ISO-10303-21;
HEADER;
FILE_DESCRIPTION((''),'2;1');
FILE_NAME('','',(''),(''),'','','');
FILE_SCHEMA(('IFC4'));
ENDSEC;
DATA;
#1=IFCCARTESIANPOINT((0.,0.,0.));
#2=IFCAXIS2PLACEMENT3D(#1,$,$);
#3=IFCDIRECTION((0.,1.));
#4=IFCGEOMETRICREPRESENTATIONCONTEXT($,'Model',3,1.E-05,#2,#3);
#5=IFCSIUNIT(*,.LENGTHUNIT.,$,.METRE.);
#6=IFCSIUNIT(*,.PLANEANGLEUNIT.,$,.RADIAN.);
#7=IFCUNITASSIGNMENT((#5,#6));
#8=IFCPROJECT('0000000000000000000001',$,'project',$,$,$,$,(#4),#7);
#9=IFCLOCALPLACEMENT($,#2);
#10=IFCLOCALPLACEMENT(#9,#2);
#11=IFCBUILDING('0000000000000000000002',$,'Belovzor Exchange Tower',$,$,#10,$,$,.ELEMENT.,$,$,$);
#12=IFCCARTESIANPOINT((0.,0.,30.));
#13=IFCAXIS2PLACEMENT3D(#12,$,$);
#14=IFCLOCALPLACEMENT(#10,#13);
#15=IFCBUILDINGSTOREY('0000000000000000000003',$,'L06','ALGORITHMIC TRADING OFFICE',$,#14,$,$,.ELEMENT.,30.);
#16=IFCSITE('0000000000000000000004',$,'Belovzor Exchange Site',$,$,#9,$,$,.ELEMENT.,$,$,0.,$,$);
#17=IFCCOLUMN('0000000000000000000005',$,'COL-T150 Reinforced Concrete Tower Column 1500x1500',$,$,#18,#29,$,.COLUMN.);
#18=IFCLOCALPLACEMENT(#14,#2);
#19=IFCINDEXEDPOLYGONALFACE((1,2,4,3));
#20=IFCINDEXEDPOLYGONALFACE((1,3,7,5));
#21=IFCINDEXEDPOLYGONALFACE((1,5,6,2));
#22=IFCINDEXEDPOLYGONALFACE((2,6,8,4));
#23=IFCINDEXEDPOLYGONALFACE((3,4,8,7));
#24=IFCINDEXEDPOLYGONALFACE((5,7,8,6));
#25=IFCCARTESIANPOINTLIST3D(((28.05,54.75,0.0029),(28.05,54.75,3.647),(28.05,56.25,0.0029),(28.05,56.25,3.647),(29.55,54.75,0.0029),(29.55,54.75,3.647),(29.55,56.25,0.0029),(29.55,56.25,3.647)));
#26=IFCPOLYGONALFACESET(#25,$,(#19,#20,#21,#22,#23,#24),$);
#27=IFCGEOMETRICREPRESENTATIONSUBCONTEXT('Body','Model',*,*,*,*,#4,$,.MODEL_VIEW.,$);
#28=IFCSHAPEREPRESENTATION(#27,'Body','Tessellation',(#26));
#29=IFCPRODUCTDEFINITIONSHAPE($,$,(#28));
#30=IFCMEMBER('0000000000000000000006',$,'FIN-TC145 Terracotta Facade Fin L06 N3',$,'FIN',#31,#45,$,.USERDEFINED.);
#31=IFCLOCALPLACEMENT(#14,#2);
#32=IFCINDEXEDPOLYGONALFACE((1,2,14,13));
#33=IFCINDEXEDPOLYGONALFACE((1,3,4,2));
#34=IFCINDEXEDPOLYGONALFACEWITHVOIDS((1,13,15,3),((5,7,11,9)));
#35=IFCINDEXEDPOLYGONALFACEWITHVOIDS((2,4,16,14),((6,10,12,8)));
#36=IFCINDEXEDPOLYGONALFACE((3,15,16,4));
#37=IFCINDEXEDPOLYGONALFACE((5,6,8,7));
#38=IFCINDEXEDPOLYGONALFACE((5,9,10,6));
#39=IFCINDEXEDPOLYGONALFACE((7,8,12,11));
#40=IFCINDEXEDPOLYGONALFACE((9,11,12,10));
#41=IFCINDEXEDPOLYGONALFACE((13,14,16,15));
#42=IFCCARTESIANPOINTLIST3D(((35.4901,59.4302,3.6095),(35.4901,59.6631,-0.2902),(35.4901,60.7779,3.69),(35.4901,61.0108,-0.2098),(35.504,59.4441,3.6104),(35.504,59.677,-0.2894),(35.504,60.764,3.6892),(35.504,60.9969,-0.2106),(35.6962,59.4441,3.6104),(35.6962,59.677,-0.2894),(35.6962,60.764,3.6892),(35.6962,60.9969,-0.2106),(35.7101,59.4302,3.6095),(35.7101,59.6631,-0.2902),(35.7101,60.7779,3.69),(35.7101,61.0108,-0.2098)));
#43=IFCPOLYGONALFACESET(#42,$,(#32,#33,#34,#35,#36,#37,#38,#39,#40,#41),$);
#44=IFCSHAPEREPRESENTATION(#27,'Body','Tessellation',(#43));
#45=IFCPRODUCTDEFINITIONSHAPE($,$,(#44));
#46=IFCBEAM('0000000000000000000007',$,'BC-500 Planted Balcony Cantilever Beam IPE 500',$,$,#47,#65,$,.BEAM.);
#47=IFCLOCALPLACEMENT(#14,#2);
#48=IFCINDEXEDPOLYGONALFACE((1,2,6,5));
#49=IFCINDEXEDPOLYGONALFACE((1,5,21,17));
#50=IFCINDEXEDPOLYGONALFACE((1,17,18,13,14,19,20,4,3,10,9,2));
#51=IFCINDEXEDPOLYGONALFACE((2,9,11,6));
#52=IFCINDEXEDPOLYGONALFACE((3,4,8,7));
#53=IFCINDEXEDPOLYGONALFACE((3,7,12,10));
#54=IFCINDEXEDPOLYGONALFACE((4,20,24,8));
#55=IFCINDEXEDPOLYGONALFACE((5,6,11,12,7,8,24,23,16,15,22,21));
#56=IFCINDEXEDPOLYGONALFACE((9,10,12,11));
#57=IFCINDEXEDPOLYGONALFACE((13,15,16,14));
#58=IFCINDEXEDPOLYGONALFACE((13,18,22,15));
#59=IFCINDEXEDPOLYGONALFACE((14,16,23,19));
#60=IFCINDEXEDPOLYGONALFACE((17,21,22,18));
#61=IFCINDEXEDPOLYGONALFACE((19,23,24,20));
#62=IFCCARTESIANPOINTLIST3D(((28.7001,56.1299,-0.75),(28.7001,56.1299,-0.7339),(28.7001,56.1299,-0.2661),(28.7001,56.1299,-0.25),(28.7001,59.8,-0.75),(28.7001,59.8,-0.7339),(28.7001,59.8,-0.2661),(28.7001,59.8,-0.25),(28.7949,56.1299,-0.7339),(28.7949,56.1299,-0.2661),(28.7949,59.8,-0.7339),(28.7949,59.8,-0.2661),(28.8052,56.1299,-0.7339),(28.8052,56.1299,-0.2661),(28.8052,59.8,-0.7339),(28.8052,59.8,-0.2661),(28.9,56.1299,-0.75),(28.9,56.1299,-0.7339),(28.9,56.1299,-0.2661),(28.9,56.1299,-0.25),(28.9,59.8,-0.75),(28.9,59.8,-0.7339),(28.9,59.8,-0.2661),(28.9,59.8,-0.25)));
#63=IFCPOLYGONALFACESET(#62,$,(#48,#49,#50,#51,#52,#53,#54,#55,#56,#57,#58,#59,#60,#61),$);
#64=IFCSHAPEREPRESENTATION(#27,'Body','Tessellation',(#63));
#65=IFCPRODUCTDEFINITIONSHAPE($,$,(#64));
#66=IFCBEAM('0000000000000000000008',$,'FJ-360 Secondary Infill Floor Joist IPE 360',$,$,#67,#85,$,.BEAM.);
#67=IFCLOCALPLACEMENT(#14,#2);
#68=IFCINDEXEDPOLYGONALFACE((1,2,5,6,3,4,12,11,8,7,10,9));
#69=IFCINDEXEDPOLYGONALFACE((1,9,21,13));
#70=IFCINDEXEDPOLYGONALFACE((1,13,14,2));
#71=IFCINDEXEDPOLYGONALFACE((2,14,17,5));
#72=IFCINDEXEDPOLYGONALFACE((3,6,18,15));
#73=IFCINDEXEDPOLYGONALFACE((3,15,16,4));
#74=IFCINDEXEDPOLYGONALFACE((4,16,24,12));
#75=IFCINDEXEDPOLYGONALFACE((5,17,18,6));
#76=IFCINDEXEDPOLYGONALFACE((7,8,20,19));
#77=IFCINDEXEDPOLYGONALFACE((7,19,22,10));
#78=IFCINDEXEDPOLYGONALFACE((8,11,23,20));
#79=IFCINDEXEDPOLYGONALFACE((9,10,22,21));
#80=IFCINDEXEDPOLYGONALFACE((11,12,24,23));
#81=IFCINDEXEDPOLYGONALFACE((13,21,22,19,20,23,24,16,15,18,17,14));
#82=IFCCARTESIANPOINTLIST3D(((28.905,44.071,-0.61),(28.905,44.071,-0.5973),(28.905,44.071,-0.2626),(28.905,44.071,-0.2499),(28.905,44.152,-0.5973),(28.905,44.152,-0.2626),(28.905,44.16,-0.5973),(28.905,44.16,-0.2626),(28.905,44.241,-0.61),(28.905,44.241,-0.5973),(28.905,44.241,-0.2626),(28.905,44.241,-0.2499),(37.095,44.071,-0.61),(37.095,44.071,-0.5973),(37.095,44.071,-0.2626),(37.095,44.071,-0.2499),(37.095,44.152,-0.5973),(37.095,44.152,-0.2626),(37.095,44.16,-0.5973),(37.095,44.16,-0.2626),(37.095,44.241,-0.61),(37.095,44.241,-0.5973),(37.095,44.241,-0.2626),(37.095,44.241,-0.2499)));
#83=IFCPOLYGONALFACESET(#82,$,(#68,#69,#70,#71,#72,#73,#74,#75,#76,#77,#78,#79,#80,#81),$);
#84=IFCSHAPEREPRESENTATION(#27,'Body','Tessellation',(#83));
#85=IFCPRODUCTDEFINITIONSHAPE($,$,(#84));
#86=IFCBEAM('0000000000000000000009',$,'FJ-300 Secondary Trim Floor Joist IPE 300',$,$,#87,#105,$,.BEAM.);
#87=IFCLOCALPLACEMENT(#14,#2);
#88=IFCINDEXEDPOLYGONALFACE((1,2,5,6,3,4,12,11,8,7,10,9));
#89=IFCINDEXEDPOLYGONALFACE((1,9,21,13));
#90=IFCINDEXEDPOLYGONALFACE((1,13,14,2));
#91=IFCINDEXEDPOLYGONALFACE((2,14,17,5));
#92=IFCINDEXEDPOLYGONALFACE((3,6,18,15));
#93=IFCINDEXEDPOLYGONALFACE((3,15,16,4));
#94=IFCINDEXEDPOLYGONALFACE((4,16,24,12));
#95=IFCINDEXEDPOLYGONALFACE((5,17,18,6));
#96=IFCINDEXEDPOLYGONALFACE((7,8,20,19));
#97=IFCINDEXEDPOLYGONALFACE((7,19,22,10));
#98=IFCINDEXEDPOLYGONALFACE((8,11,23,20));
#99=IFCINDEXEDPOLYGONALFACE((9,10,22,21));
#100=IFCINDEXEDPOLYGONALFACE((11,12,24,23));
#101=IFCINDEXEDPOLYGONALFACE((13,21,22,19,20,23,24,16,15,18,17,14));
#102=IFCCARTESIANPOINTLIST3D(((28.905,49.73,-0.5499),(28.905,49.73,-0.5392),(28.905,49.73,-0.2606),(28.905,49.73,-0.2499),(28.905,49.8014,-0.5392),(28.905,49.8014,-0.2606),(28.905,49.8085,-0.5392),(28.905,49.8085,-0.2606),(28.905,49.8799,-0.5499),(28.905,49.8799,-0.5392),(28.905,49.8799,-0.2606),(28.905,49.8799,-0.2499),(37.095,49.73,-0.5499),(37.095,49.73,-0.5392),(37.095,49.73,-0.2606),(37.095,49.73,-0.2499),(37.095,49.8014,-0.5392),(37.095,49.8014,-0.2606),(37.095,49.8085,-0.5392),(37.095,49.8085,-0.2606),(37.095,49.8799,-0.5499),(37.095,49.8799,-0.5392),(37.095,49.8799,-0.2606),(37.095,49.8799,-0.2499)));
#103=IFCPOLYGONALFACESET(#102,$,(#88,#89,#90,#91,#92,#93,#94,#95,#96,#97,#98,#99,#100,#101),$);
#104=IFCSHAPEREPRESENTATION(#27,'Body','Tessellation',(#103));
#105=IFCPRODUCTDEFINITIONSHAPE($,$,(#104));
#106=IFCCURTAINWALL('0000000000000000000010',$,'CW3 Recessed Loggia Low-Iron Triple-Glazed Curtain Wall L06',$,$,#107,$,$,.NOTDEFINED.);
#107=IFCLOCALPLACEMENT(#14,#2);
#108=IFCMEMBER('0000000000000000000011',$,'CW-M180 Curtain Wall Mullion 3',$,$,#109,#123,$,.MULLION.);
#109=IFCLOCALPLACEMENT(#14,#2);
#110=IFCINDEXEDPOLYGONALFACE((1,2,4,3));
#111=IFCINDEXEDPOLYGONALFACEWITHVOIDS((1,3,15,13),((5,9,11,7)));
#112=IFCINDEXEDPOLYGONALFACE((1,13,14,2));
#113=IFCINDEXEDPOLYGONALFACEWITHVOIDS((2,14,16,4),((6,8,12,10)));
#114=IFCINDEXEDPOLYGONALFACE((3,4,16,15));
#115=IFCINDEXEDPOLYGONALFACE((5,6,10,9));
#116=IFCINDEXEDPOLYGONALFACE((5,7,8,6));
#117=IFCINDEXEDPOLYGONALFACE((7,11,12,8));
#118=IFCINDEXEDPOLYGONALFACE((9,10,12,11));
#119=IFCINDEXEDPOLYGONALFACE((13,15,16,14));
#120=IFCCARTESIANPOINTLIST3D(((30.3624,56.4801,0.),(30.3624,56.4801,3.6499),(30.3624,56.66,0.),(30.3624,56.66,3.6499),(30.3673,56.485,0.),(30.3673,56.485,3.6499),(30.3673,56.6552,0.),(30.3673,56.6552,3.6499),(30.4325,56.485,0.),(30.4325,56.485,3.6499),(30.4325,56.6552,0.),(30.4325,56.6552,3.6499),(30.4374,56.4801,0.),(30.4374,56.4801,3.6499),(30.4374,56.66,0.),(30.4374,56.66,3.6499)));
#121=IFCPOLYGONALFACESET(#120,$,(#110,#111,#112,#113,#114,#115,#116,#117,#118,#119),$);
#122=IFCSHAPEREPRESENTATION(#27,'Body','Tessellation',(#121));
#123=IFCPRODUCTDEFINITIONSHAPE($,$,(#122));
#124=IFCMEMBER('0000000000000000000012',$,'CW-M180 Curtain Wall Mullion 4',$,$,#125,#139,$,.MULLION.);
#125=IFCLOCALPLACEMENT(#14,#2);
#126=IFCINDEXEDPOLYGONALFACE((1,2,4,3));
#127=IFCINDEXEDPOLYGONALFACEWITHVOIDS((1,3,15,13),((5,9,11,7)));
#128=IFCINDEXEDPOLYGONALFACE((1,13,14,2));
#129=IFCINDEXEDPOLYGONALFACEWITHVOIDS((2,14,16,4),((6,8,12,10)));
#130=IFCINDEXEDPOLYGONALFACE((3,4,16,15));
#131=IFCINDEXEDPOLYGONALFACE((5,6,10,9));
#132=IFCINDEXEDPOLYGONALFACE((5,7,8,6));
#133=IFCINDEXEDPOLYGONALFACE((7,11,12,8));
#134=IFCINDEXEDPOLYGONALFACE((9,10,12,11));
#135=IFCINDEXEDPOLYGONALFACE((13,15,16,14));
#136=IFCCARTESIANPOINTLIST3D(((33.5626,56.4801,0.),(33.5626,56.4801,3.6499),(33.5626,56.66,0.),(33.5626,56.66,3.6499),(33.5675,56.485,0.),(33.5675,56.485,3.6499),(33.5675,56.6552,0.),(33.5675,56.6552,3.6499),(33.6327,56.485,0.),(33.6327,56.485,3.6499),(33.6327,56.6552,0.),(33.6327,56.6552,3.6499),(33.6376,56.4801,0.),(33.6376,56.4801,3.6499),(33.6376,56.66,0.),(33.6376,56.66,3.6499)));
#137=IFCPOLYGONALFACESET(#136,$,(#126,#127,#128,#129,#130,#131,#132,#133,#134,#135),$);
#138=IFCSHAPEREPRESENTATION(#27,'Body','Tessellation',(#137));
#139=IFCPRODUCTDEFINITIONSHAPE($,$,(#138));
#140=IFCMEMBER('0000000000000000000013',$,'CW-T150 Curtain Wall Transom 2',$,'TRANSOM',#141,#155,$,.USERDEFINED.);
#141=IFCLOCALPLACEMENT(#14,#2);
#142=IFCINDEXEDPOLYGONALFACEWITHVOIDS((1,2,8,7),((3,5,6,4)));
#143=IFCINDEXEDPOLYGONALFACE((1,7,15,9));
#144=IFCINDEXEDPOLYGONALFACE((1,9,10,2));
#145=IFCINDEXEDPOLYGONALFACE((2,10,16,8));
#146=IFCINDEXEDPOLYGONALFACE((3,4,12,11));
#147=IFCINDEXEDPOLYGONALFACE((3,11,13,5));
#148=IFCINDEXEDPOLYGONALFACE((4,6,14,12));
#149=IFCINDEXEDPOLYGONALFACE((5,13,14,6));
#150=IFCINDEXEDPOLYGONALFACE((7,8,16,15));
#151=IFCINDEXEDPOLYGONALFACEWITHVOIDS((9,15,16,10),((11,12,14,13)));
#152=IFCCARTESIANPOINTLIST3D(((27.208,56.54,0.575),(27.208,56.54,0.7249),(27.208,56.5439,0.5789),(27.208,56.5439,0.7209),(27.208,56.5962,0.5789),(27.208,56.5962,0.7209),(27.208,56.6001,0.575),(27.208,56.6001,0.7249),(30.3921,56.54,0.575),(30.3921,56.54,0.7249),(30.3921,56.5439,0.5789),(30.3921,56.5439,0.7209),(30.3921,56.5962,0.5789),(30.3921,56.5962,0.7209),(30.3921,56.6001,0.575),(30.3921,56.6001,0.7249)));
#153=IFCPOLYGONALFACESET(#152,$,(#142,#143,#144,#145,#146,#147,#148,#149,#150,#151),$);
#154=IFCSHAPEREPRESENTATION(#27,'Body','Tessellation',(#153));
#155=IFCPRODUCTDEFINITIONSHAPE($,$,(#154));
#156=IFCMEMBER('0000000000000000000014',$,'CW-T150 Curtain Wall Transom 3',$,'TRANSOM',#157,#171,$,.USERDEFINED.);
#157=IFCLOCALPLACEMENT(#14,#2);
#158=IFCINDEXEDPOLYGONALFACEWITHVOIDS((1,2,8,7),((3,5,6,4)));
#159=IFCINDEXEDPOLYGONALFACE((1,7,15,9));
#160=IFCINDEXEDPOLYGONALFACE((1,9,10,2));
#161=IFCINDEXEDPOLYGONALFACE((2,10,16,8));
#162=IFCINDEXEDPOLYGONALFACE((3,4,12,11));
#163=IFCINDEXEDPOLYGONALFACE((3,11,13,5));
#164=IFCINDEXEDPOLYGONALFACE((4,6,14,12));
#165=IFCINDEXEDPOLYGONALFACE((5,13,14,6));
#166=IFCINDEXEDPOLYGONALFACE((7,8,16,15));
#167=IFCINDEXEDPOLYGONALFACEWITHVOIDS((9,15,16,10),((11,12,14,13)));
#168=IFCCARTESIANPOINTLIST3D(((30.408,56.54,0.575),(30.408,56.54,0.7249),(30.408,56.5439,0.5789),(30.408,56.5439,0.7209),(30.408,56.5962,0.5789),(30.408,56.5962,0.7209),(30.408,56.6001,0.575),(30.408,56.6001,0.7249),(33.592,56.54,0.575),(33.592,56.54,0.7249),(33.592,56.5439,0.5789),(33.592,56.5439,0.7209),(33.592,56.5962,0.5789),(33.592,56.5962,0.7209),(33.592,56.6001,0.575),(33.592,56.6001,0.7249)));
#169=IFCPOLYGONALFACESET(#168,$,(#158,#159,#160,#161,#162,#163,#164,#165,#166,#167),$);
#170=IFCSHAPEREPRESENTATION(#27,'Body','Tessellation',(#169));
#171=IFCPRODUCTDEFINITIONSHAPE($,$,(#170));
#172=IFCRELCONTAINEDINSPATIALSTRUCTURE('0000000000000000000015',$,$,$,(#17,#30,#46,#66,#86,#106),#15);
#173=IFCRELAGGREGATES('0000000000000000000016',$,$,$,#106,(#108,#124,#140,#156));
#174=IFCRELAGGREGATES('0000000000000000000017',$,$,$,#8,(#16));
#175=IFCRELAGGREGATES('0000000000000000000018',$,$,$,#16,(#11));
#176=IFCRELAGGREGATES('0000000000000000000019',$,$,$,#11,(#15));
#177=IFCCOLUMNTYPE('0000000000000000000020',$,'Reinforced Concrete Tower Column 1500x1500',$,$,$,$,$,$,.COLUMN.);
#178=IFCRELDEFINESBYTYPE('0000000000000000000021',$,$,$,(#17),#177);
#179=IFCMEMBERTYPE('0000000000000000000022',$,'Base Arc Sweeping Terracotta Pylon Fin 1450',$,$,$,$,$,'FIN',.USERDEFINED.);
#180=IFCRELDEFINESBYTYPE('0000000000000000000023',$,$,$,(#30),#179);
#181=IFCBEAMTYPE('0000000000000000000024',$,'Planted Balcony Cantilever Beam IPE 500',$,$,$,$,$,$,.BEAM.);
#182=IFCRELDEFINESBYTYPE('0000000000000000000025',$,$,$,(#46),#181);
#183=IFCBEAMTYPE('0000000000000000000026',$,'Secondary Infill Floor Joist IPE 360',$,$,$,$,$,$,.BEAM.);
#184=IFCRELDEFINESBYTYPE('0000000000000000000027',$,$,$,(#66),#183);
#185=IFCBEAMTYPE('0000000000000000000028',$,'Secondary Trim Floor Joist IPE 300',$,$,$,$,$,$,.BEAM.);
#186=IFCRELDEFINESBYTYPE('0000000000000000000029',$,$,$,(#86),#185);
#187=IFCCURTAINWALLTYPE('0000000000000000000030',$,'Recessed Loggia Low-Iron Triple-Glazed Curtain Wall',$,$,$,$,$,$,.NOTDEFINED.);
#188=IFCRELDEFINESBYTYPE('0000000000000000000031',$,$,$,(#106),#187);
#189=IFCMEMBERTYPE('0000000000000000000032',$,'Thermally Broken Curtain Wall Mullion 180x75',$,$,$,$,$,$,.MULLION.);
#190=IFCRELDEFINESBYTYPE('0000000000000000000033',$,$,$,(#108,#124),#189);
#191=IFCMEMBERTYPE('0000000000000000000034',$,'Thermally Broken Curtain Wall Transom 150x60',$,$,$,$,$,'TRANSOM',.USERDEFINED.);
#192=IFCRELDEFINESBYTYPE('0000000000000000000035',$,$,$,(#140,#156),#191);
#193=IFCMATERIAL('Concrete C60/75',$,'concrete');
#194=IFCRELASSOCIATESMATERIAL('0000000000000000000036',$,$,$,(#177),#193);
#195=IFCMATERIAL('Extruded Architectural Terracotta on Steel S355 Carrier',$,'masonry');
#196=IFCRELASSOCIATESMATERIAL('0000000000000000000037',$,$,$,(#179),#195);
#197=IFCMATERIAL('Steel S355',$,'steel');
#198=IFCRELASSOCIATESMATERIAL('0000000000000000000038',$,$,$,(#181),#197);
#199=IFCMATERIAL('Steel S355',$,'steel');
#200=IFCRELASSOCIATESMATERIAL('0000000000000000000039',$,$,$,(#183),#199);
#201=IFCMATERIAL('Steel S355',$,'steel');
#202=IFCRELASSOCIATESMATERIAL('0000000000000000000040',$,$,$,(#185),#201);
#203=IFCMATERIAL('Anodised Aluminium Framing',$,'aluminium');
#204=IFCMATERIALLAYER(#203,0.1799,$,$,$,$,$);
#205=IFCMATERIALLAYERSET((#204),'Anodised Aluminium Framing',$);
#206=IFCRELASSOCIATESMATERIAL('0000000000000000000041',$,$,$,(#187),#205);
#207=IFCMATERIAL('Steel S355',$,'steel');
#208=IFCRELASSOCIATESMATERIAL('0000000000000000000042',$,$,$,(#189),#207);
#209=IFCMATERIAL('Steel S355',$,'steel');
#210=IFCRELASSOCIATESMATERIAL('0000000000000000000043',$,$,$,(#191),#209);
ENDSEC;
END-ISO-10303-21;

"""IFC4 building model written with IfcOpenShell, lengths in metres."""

from ifc_helpers import new_model, si_unit, direction, frame, origin, origin_2d, place, context, subcontext, project, spatial, rectangle, hollow_rectangle, i_section, extrude, material, layer, layer_set, material_profile, profile_set, type_object, element, aggregate, save


model = new_model("IFC4")

# Units and contexts
model_context = context("Model", 3, precision=1e-05, world=origin(), true_north=direction((0.0, 1.0)))
body_context = subcontext(model_context, "Body", "Model", "MODEL_VIEW")
ifc_project = project(units=[si_unit("LENGTHUNIT", "METRE"), si_unit("PLANEANGLEUNIT", "RADIAN")], contexts=[model_context])

# Site, building, storey
site_placement = place(None, origin())
site = spatial("IfcSite", under=ifc_project, at=site_placement, Name="Belovzor Exchange Site", CompositionType="ELEMENT", RefElevation=0.0)
building_placement = place(site_placement, origin())
building = spatial("IfcBuilding", under=site, at=building_placement, Name="Belovzor Exchange Tower", CompositionType="ELEMENT")
storey_placement = place(building_placement, frame((0.0, 0.0, 30.0)))
storey = spatial("IfcBuildingStorey", under=building, at=storey_placement, Name="L06", Description="ALGORITHMIC TRADING OFFICE", CompositionType="ELEMENT", Elevation=30.0)

# Column
ifc_material_1 = material(Name="Concrete C60/75", Category="concrete")
ifc_material_profile_1 = material_profile(ifc_material_1, rectangle(XDim=1.5, YDim=1.5, at=origin_2d()))
ifc_profile_set_1 = profile_set([ifc_material_profile_1], Name="Concrete C60/75")
column_type = type_object("IfcColumnType", Name="Reinforced Concrete Tower Column 1500x1500", PredefinedType="COLUMN", material=ifc_profile_set_1)
column_placement = place(storey_placement, frame((28.8, 55.5, 0.0029), z_axis=(0.0, 0.0, 1.0), x_axis=(1.0, 0.0, 0.0)))
element("IfcColumn", 1, at=column_placement, inside=storey, type_object=column_type, Name="COL-T150 Reinforced Concrete Tower Column 1500x1500", PredefinedType="COLUMN", context=body_context, shape_type="SweptSolid", body=[
    extrude(rectangle(XDim=1.5, YDim=1.5, at=origin_2d()), origin(), (0.0, 0.0, 1.0), 3.644),
])

# Member
ifc_material_2 = material(Name="Extruded Architectural Terracotta on Steel S355 Carrier", Category="masonry")
ifc_material_profile_2 = material_profile(ifc_material_2, hollow_rectangle(XDim=0.22, YDim=1.3501, WallThickness=0.0139, at=origin_2d()))
ifc_profile_set_2 = profile_set([ifc_material_profile_2], Name="Extruded Architectural Terracotta on Steel S355 Carrier")
member_type_1 = type_object("IfcMemberType", Name="Base Arc Sweeping Terracotta Pylon Fin 1450", ElementType="FIN", PredefinedType="USERDEFINED", material=ifc_profile_set_2)
member_1_placement = place(storey_placement, frame((35.6001, 60.3369, -0.25), z_axis=(0.0, -0.059616, 0.998221), x_axis=(1.0, 0.0, 0.0)))
element("IfcMember", 2, at=member_1_placement, inside=storey, type_object=member_type_1, Name="FIN-TC145 Terracotta Facade Fin L06 N3", ObjectType="FIN", PredefinedType="USERDEFINED", context=body_context, shape_type="SweptSolid", body=[
    extrude(hollow_rectangle(XDim=0.22, YDim=1.3501, WallThickness=0.0139, at=origin_2d()), origin(), (0.0, 0.0, 1.0), 3.9067),
])

# Beams
ifc_material_3 = material(Name="Steel S355", Category="steel")
ifc_material_profile_3 = material_profile(ifc_material_3, i_section(OverallWidth=0.2, OverallDepth=0.5, WebThickness=0.0103, FlangeThickness=0.0161, at=origin_2d()))
ifc_profile_set_3 = profile_set([ifc_material_profile_3], Name="Steel S355")
beam_type_1 = type_object("IfcBeamType", Name="Planted Balcony Cantilever Beam IPE 500", PredefinedType="BEAM", material=ifc_profile_set_3)
beam_1_placement = place(storey_placement, frame((28.8, 56.1299, -0.5), z_axis=(0.0, 1.0, 0.0), x_axis=(-1.0, 0.0, 0.0)))
element("IfcBeam", 3, at=beam_1_placement, inside=storey, type_object=beam_type_1, Name="BC-500 Planted Balcony Cantilever Beam IPE 500", PredefinedType="BEAM", context=body_context, shape_type="SweptSolid", body=[
    extrude(i_section(OverallWidth=0.2, OverallDepth=0.5, WebThickness=0.0103, FlangeThickness=0.0161, at=origin_2d()), origin(), (0.0, 0.0, 1.0), 3.6702),
])
ifc_material_4 = material(Name="Steel S355", Category="steel")
ifc_material_profile_4 = material_profile(ifc_material_4, i_section(OverallWidth=0.1699, OverallDepth=0.3601, WebThickness=0.0081, FlangeThickness=0.0127, at=origin_2d()))
ifc_profile_set_4 = profile_set([ifc_material_profile_4], Name="Steel S355")
beam_type_2 = type_object("IfcBeamType", Name="Secondary Infill Floor Joist IPE 360", PredefinedType="BEAM", material=ifc_profile_set_4)
beam_2_placement = place(storey_placement, frame((28.905, 44.156, -0.4299), z_axis=(1.0, 0.0, 0.0), x_axis=(0.0, 1.0, 0.0)))
element("IfcBeam", 4, at=beam_2_placement, inside=storey, type_object=beam_type_2, Name="FJ-360 Secondary Infill Floor Joist IPE 360", PredefinedType="BEAM", context=body_context, shape_type="SweptSolid", body=[
    extrude(i_section(OverallWidth=0.1699, OverallDepth=0.3601, WebThickness=0.0081, FlangeThickness=0.0127, at=origin_2d()), origin(), (0.0, 0.0, 1.0), 8.1899),
])
ifc_material_5 = material(Name="Steel S355", Category="steel")
ifc_material_profile_5 = material_profile(ifc_material_5, i_section(OverallWidth=0.1499, OverallDepth=0.3, WebThickness=0.0071, FlangeThickness=0.0107, at=origin_2d()))
ifc_profile_set_5 = profile_set([ifc_material_profile_5], Name="Steel S355")
beam_type_3 = type_object("IfcBeamType", Name="Secondary Trim Floor Joist IPE 300", PredefinedType="BEAM", material=ifc_profile_set_5)
beam_3_placement = place(storey_placement, frame((28.905, 49.8049, -0.3999), z_axis=(1.0, 0.0, 0.0), x_axis=(0.0, 1.0, 0.0)))
element("IfcBeam", 5, at=beam_3_placement, inside=storey, type_object=beam_type_3, Name="FJ-300 Secondary Trim Floor Joist IPE 300", PredefinedType="BEAM", context=body_context, shape_type="SweptSolid", body=[
    extrude(i_section(OverallWidth=0.1499, OverallDepth=0.3, WebThickness=0.0071, FlangeThickness=0.0107, at=origin_2d()), origin(), (0.0, 0.0, 1.0), 8.1899),
])

# Curtain wall, members
ifc_material_6 = material(Name="Anodised Aluminium Framing", Category="aluminium")
ifc_layer_1 = layer(ifc_material_6, 0.1799)
ifc_layer_set_1 = layer_set([ifc_layer_1], Name="Anodised Aluminium Framing")
curtain_wall_type = type_object("IfcCurtainWallType", Name="Recessed Loggia Low-Iron Triple-Glazed Curtain Wall", PredefinedType="NOTDEFINED", material=ifc_layer_set_1)
curtain_wall_placement = place(storey_placement, origin())
curtain_wall = element("IfcCurtainWall", 6, at=curtain_wall_placement, inside=storey, type_object=curtain_wall_type, Name="CW3 Recessed Loggia Low-Iron Triple-Glazed Curtain Wall L06", PredefinedType="NOTDEFINED")
ifc_material_7 = material(Name="Steel S355", Category="steel")
ifc_material_profile_6 = material_profile(ifc_material_7, hollow_rectangle(XDim=0.075, YDim=0.1799, WallThickness=0.0049, at=origin_2d()))
ifc_profile_set_6 = profile_set([ifc_material_profile_6], Name="Steel S355")
member_type_2 = type_object("IfcMemberType", Name="Thermally Broken Curtain Wall Mullion 180x75", PredefinedType="MULLION", material=ifc_profile_set_6)
member_2_placement = place(storey_placement, frame((30.3999, 56.5701, 0.0), z_axis=(0.0, 0.0, 1.0), x_axis=(1.0, 0.0, 0.0)))
member_2 = element("IfcMember", 7, at=member_2_placement, type_object=member_type_2, Name="CW-M180 Curtain Wall Mullion 3", PredefinedType="MULLION", context=body_context, shape_type="SweptSolid", body=[
    extrude(hollow_rectangle(XDim=0.075, YDim=0.1799, WallThickness=0.0049, at=origin_2d()), origin(), (0.0, 0.0, 1.0), 3.6499),
])
member_3_placement = place(storey_placement, frame((33.6001, 56.5701, 0.0), z_axis=(0.0, 0.0, 1.0), x_axis=(1.0, 0.0, 0.0)))
member_3 = element("IfcMember", 8, at=member_3_placement, type_object=member_type_2, Name="CW-M180 Curtain Wall Mullion 4", PredefinedType="MULLION", context=body_context, shape_type="SweptSolid", body=[
    extrude(hollow_rectangle(XDim=0.075, YDim=0.1799, WallThickness=0.0049, at=origin_2d()), origin(), (0.0, 0.0, 1.0), 3.6499),
])
ifc_material_8 = material(Name="Steel S355", Category="steel")
ifc_material_profile_7 = material_profile(ifc_material_8, hollow_rectangle(XDim=0.0601, YDim=0.1499, WallThickness=0.0039, at=origin_2d()))
ifc_profile_set_7 = profile_set([ifc_material_profile_7], Name="Steel S355")
member_type_3 = type_object("IfcMemberType", Name="Thermally Broken Curtain Wall Transom 150x60", ElementType="TRANSOM", PredefinedType="USERDEFINED", material=ifc_profile_set_7)
member_4_placement = place(storey_placement, frame((27.208, 56.5701, 0.6499), z_axis=(1.0, 0.0, 0.0), x_axis=(0.0, 1.0, 0.0)))
member_4 = element("IfcMember", 9, at=member_4_placement, type_object=member_type_3, Name="CW-T150 Curtain Wall Transom 2", ObjectType="TRANSOM", PredefinedType="USERDEFINED", context=body_context, shape_type="SweptSolid", body=[
    extrude(hollow_rectangle(XDim=0.0601, YDim=0.1499, WallThickness=0.0039, at=origin_2d()), origin(), (0.0, 0.0, 1.0), 3.1841),
])
member_5_placement = place(storey_placement, frame((30.408, 56.5701, 0.6499), z_axis=(1.0, 0.0, 0.0), x_axis=(0.0, 1.0, 0.0)))
member_5 = element("IfcMember", 10, at=member_5_placement, type_object=member_type_3, Name="CW-T150 Curtain Wall Transom 3", ObjectType="TRANSOM", PredefinedType="USERDEFINED", context=body_context, shape_type="SweptSolid", body=[
    extrude(hollow_rectangle(XDim=0.0601, YDim=0.1499, WallThickness=0.0039, at=origin_2d()), origin(), (0.0, 0.0, 1.0), 3.1841),
])

aggregate(curtain_wall, [member_2, member_3, member_4, member_5])

save(model, "model.ifc")
